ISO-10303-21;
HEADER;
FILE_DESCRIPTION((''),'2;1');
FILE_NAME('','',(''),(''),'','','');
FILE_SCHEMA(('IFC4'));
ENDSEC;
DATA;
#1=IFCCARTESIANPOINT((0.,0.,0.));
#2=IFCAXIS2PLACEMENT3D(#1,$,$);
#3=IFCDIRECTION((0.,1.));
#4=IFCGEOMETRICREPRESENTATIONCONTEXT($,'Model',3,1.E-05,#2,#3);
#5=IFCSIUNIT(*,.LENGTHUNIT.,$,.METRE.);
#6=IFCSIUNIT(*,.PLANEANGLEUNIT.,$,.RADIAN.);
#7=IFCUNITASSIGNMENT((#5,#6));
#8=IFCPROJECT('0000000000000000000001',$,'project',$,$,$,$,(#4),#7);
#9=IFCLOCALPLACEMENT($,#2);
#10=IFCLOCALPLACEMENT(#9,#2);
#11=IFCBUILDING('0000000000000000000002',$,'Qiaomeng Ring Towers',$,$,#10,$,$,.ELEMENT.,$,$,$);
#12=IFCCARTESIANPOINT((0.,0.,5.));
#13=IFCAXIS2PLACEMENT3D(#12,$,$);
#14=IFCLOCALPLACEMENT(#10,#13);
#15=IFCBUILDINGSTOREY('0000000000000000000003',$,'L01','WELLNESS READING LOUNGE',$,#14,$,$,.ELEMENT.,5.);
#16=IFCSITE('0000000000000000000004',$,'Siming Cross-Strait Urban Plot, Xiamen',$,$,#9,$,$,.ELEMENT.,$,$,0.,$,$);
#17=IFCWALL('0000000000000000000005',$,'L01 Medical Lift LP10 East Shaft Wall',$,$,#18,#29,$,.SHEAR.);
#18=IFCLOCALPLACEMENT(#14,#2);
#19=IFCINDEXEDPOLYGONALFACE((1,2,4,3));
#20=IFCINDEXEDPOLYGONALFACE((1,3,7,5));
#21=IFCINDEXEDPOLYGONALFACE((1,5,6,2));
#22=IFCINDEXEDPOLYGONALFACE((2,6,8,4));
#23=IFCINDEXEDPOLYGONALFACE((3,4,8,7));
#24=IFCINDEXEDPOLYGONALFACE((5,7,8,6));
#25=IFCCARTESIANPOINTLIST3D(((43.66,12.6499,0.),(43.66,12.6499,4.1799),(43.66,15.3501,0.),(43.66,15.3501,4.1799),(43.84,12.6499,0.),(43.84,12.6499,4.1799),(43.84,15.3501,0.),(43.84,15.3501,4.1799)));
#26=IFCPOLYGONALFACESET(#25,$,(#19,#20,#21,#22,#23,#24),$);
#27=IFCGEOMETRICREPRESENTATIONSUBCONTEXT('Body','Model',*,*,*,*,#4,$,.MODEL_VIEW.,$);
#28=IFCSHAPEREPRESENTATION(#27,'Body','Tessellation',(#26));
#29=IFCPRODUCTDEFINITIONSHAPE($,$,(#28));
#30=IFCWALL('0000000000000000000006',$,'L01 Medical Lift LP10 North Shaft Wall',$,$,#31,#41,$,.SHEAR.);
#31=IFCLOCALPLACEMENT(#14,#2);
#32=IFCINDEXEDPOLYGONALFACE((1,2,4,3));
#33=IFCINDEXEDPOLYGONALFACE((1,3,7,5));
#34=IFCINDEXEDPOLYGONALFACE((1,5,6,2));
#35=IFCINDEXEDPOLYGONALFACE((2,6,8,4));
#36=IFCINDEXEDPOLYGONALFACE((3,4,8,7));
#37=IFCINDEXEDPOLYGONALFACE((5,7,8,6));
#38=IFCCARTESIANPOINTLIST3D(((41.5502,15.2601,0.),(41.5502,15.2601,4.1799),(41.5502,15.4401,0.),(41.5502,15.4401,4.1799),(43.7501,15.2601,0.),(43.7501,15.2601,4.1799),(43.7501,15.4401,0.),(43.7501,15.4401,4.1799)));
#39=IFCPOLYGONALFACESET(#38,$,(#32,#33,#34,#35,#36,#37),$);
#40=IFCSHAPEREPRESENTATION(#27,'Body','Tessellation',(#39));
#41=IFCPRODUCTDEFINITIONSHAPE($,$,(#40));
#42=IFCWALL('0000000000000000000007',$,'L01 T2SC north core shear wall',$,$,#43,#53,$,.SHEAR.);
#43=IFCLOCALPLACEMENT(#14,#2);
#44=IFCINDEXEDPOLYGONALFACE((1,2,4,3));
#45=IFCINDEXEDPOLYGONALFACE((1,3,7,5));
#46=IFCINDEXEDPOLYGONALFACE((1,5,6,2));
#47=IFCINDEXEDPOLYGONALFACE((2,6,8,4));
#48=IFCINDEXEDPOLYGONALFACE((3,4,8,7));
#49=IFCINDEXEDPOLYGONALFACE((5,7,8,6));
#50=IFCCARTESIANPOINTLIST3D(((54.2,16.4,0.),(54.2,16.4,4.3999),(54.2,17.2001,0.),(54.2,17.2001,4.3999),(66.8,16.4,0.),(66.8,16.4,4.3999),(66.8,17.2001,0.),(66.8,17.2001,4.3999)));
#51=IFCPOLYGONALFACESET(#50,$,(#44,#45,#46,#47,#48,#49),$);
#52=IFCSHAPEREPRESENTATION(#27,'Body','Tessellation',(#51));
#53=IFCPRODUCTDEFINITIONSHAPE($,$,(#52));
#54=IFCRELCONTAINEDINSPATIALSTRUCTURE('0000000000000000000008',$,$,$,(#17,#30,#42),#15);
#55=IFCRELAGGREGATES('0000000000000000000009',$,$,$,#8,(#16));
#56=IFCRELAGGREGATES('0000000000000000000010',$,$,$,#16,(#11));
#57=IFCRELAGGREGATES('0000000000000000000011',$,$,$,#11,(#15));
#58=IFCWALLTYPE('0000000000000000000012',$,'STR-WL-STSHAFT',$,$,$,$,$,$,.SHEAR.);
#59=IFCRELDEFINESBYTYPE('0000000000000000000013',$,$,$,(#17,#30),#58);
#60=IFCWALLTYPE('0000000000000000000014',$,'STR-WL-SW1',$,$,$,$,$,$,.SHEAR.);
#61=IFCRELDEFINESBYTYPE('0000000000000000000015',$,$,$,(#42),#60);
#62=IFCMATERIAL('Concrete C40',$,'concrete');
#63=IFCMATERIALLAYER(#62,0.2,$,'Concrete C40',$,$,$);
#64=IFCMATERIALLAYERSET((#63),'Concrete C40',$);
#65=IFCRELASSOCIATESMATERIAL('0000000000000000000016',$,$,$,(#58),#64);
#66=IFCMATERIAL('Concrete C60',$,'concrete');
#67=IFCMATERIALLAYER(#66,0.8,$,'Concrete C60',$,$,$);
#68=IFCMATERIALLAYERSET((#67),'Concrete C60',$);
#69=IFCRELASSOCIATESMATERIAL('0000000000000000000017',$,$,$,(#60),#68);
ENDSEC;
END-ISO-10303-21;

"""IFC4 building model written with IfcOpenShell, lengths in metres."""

from ifc_helpers import new_model, si_unit, direction, frame, frame_2d, origin, place, context, subcontext, project, spatial, rectangle, extrude, material, layer, layer_set, type_object, element, save


model = new_model("IFC4")

# Units and contexts
model_context = context("Model", 3, precision=1e-05, world=origin(), true_north=direction((0.0, 1.0)))
body_context = subcontext(model_context, "Body", "Model", "MODEL_VIEW")
ifc_project = project(units=[si_unit("LENGTHUNIT", "METRE"), si_unit("PLANEANGLEUNIT", "RADIAN")], contexts=[model_context])

# Site, building, storey
site_placement = place(None, origin())
site = spatial("IfcSite", under=ifc_project, at=site_placement, Name="Siming Cross-Strait Urban Plot, Xiamen", CompositionType="ELEMENT", RefElevation=0.0)
building_placement = place(site_placement, origin())
building = spatial("IfcBuilding", under=site, at=building_placement, Name="Qiaomeng Ring Towers", CompositionType="ELEMENT")
storey_placement = place(building_placement, frame((0.0, 0.0, 5.0)))
storey = spatial("IfcBuildingStorey", under=building, at=storey_placement, Name="L01", Description="WELLNESS READING LOUNGE", CompositionType="ELEMENT", Elevation=5.0)

# Shared definitions
ifc_material_1 = material(Name="Concrete C60", Category="concrete")

# Walls
ifc_material_2 = material(Name="Concrete C40", Category="concrete")
ifc_layer_1 = layer(ifc_material_2, 0.2, Name="Concrete C40")
ifc_layer_set_1 = layer_set([ifc_layer_1], Name="Concrete C40")
wall_type_1 = type_object("IfcWallType", Name="STR-WL-STSHAFT", PredefinedType="SHEAR", material=ifc_layer_set_1)
wall_1_placement = place(storey_placement, frame((43.75, 12.6499, 0.0), z_axis=(0.0, 0.0, 1.0), x_axis=(0.0, 1.0, 0.0)))
element("IfcWall", 1, at=wall_1_placement, inside=storey, type_object=wall_type_1, Name="L01 Medical Lift LP10 East Shaft Wall", PredefinedType="SHEAR", context=body_context, shape_type="SweptSolid", body=[
    extrude(rectangle(XDim=2.7002, YDim=0.1799, at=frame_2d((1.3501, 0.0))), origin(), (0.0, 0.0, 1.0), 4.1799),
])
wall_2_placement = place(storey_placement, frame((41.55, 15.3501, 0.0), z_axis=(0.0, 0.0, 1.0), x_axis=(1.0, 0.0, 0.0)))
element("IfcWall", 2, at=wall_2_placement, inside=storey, type_object=wall_type_1, Name="L01 Medical Lift LP10 North Shaft Wall", PredefinedType="SHEAR", context=body_context, shape_type="SweptSolid", body=[
    extrude(rectangle(XDim=2.2, YDim=0.1799, at=frame_2d((1.1001, 0.0))), origin(), (0.0, 0.0, 1.0), 4.1799),
])
ifc_layer_2 = layer(ifc_material_1, 0.8, Name="Concrete C60")
ifc_layer_set_2 = layer_set([ifc_layer_2], Name="Concrete C60")
wall_type_2 = type_object("IfcWallType", Name="STR-WL-SW1", PredefinedType="SHEAR", material=ifc_layer_set_2)
wall_3_placement = place(storey_placement, frame((54.2, 16.8, 0.0), z_axis=(0.0, 0.0, 1.0), x_axis=(1.0, 0.0, 0.0)))
element("IfcWall", 3, at=wall_3_placement, inside=storey, type_object=wall_type_2, Name="L01 T2SC north core shear wall", PredefinedType="SHEAR", context=body_context, shape_type="SweptSolid", body=[
    extrude(rectangle(XDim=12.6001, YDim=0.8, at=frame_2d((6.3, 0.0))), origin(), (0.0, 0.0, 1.0), 4.3999),
])

save(model, "model.ifc")
